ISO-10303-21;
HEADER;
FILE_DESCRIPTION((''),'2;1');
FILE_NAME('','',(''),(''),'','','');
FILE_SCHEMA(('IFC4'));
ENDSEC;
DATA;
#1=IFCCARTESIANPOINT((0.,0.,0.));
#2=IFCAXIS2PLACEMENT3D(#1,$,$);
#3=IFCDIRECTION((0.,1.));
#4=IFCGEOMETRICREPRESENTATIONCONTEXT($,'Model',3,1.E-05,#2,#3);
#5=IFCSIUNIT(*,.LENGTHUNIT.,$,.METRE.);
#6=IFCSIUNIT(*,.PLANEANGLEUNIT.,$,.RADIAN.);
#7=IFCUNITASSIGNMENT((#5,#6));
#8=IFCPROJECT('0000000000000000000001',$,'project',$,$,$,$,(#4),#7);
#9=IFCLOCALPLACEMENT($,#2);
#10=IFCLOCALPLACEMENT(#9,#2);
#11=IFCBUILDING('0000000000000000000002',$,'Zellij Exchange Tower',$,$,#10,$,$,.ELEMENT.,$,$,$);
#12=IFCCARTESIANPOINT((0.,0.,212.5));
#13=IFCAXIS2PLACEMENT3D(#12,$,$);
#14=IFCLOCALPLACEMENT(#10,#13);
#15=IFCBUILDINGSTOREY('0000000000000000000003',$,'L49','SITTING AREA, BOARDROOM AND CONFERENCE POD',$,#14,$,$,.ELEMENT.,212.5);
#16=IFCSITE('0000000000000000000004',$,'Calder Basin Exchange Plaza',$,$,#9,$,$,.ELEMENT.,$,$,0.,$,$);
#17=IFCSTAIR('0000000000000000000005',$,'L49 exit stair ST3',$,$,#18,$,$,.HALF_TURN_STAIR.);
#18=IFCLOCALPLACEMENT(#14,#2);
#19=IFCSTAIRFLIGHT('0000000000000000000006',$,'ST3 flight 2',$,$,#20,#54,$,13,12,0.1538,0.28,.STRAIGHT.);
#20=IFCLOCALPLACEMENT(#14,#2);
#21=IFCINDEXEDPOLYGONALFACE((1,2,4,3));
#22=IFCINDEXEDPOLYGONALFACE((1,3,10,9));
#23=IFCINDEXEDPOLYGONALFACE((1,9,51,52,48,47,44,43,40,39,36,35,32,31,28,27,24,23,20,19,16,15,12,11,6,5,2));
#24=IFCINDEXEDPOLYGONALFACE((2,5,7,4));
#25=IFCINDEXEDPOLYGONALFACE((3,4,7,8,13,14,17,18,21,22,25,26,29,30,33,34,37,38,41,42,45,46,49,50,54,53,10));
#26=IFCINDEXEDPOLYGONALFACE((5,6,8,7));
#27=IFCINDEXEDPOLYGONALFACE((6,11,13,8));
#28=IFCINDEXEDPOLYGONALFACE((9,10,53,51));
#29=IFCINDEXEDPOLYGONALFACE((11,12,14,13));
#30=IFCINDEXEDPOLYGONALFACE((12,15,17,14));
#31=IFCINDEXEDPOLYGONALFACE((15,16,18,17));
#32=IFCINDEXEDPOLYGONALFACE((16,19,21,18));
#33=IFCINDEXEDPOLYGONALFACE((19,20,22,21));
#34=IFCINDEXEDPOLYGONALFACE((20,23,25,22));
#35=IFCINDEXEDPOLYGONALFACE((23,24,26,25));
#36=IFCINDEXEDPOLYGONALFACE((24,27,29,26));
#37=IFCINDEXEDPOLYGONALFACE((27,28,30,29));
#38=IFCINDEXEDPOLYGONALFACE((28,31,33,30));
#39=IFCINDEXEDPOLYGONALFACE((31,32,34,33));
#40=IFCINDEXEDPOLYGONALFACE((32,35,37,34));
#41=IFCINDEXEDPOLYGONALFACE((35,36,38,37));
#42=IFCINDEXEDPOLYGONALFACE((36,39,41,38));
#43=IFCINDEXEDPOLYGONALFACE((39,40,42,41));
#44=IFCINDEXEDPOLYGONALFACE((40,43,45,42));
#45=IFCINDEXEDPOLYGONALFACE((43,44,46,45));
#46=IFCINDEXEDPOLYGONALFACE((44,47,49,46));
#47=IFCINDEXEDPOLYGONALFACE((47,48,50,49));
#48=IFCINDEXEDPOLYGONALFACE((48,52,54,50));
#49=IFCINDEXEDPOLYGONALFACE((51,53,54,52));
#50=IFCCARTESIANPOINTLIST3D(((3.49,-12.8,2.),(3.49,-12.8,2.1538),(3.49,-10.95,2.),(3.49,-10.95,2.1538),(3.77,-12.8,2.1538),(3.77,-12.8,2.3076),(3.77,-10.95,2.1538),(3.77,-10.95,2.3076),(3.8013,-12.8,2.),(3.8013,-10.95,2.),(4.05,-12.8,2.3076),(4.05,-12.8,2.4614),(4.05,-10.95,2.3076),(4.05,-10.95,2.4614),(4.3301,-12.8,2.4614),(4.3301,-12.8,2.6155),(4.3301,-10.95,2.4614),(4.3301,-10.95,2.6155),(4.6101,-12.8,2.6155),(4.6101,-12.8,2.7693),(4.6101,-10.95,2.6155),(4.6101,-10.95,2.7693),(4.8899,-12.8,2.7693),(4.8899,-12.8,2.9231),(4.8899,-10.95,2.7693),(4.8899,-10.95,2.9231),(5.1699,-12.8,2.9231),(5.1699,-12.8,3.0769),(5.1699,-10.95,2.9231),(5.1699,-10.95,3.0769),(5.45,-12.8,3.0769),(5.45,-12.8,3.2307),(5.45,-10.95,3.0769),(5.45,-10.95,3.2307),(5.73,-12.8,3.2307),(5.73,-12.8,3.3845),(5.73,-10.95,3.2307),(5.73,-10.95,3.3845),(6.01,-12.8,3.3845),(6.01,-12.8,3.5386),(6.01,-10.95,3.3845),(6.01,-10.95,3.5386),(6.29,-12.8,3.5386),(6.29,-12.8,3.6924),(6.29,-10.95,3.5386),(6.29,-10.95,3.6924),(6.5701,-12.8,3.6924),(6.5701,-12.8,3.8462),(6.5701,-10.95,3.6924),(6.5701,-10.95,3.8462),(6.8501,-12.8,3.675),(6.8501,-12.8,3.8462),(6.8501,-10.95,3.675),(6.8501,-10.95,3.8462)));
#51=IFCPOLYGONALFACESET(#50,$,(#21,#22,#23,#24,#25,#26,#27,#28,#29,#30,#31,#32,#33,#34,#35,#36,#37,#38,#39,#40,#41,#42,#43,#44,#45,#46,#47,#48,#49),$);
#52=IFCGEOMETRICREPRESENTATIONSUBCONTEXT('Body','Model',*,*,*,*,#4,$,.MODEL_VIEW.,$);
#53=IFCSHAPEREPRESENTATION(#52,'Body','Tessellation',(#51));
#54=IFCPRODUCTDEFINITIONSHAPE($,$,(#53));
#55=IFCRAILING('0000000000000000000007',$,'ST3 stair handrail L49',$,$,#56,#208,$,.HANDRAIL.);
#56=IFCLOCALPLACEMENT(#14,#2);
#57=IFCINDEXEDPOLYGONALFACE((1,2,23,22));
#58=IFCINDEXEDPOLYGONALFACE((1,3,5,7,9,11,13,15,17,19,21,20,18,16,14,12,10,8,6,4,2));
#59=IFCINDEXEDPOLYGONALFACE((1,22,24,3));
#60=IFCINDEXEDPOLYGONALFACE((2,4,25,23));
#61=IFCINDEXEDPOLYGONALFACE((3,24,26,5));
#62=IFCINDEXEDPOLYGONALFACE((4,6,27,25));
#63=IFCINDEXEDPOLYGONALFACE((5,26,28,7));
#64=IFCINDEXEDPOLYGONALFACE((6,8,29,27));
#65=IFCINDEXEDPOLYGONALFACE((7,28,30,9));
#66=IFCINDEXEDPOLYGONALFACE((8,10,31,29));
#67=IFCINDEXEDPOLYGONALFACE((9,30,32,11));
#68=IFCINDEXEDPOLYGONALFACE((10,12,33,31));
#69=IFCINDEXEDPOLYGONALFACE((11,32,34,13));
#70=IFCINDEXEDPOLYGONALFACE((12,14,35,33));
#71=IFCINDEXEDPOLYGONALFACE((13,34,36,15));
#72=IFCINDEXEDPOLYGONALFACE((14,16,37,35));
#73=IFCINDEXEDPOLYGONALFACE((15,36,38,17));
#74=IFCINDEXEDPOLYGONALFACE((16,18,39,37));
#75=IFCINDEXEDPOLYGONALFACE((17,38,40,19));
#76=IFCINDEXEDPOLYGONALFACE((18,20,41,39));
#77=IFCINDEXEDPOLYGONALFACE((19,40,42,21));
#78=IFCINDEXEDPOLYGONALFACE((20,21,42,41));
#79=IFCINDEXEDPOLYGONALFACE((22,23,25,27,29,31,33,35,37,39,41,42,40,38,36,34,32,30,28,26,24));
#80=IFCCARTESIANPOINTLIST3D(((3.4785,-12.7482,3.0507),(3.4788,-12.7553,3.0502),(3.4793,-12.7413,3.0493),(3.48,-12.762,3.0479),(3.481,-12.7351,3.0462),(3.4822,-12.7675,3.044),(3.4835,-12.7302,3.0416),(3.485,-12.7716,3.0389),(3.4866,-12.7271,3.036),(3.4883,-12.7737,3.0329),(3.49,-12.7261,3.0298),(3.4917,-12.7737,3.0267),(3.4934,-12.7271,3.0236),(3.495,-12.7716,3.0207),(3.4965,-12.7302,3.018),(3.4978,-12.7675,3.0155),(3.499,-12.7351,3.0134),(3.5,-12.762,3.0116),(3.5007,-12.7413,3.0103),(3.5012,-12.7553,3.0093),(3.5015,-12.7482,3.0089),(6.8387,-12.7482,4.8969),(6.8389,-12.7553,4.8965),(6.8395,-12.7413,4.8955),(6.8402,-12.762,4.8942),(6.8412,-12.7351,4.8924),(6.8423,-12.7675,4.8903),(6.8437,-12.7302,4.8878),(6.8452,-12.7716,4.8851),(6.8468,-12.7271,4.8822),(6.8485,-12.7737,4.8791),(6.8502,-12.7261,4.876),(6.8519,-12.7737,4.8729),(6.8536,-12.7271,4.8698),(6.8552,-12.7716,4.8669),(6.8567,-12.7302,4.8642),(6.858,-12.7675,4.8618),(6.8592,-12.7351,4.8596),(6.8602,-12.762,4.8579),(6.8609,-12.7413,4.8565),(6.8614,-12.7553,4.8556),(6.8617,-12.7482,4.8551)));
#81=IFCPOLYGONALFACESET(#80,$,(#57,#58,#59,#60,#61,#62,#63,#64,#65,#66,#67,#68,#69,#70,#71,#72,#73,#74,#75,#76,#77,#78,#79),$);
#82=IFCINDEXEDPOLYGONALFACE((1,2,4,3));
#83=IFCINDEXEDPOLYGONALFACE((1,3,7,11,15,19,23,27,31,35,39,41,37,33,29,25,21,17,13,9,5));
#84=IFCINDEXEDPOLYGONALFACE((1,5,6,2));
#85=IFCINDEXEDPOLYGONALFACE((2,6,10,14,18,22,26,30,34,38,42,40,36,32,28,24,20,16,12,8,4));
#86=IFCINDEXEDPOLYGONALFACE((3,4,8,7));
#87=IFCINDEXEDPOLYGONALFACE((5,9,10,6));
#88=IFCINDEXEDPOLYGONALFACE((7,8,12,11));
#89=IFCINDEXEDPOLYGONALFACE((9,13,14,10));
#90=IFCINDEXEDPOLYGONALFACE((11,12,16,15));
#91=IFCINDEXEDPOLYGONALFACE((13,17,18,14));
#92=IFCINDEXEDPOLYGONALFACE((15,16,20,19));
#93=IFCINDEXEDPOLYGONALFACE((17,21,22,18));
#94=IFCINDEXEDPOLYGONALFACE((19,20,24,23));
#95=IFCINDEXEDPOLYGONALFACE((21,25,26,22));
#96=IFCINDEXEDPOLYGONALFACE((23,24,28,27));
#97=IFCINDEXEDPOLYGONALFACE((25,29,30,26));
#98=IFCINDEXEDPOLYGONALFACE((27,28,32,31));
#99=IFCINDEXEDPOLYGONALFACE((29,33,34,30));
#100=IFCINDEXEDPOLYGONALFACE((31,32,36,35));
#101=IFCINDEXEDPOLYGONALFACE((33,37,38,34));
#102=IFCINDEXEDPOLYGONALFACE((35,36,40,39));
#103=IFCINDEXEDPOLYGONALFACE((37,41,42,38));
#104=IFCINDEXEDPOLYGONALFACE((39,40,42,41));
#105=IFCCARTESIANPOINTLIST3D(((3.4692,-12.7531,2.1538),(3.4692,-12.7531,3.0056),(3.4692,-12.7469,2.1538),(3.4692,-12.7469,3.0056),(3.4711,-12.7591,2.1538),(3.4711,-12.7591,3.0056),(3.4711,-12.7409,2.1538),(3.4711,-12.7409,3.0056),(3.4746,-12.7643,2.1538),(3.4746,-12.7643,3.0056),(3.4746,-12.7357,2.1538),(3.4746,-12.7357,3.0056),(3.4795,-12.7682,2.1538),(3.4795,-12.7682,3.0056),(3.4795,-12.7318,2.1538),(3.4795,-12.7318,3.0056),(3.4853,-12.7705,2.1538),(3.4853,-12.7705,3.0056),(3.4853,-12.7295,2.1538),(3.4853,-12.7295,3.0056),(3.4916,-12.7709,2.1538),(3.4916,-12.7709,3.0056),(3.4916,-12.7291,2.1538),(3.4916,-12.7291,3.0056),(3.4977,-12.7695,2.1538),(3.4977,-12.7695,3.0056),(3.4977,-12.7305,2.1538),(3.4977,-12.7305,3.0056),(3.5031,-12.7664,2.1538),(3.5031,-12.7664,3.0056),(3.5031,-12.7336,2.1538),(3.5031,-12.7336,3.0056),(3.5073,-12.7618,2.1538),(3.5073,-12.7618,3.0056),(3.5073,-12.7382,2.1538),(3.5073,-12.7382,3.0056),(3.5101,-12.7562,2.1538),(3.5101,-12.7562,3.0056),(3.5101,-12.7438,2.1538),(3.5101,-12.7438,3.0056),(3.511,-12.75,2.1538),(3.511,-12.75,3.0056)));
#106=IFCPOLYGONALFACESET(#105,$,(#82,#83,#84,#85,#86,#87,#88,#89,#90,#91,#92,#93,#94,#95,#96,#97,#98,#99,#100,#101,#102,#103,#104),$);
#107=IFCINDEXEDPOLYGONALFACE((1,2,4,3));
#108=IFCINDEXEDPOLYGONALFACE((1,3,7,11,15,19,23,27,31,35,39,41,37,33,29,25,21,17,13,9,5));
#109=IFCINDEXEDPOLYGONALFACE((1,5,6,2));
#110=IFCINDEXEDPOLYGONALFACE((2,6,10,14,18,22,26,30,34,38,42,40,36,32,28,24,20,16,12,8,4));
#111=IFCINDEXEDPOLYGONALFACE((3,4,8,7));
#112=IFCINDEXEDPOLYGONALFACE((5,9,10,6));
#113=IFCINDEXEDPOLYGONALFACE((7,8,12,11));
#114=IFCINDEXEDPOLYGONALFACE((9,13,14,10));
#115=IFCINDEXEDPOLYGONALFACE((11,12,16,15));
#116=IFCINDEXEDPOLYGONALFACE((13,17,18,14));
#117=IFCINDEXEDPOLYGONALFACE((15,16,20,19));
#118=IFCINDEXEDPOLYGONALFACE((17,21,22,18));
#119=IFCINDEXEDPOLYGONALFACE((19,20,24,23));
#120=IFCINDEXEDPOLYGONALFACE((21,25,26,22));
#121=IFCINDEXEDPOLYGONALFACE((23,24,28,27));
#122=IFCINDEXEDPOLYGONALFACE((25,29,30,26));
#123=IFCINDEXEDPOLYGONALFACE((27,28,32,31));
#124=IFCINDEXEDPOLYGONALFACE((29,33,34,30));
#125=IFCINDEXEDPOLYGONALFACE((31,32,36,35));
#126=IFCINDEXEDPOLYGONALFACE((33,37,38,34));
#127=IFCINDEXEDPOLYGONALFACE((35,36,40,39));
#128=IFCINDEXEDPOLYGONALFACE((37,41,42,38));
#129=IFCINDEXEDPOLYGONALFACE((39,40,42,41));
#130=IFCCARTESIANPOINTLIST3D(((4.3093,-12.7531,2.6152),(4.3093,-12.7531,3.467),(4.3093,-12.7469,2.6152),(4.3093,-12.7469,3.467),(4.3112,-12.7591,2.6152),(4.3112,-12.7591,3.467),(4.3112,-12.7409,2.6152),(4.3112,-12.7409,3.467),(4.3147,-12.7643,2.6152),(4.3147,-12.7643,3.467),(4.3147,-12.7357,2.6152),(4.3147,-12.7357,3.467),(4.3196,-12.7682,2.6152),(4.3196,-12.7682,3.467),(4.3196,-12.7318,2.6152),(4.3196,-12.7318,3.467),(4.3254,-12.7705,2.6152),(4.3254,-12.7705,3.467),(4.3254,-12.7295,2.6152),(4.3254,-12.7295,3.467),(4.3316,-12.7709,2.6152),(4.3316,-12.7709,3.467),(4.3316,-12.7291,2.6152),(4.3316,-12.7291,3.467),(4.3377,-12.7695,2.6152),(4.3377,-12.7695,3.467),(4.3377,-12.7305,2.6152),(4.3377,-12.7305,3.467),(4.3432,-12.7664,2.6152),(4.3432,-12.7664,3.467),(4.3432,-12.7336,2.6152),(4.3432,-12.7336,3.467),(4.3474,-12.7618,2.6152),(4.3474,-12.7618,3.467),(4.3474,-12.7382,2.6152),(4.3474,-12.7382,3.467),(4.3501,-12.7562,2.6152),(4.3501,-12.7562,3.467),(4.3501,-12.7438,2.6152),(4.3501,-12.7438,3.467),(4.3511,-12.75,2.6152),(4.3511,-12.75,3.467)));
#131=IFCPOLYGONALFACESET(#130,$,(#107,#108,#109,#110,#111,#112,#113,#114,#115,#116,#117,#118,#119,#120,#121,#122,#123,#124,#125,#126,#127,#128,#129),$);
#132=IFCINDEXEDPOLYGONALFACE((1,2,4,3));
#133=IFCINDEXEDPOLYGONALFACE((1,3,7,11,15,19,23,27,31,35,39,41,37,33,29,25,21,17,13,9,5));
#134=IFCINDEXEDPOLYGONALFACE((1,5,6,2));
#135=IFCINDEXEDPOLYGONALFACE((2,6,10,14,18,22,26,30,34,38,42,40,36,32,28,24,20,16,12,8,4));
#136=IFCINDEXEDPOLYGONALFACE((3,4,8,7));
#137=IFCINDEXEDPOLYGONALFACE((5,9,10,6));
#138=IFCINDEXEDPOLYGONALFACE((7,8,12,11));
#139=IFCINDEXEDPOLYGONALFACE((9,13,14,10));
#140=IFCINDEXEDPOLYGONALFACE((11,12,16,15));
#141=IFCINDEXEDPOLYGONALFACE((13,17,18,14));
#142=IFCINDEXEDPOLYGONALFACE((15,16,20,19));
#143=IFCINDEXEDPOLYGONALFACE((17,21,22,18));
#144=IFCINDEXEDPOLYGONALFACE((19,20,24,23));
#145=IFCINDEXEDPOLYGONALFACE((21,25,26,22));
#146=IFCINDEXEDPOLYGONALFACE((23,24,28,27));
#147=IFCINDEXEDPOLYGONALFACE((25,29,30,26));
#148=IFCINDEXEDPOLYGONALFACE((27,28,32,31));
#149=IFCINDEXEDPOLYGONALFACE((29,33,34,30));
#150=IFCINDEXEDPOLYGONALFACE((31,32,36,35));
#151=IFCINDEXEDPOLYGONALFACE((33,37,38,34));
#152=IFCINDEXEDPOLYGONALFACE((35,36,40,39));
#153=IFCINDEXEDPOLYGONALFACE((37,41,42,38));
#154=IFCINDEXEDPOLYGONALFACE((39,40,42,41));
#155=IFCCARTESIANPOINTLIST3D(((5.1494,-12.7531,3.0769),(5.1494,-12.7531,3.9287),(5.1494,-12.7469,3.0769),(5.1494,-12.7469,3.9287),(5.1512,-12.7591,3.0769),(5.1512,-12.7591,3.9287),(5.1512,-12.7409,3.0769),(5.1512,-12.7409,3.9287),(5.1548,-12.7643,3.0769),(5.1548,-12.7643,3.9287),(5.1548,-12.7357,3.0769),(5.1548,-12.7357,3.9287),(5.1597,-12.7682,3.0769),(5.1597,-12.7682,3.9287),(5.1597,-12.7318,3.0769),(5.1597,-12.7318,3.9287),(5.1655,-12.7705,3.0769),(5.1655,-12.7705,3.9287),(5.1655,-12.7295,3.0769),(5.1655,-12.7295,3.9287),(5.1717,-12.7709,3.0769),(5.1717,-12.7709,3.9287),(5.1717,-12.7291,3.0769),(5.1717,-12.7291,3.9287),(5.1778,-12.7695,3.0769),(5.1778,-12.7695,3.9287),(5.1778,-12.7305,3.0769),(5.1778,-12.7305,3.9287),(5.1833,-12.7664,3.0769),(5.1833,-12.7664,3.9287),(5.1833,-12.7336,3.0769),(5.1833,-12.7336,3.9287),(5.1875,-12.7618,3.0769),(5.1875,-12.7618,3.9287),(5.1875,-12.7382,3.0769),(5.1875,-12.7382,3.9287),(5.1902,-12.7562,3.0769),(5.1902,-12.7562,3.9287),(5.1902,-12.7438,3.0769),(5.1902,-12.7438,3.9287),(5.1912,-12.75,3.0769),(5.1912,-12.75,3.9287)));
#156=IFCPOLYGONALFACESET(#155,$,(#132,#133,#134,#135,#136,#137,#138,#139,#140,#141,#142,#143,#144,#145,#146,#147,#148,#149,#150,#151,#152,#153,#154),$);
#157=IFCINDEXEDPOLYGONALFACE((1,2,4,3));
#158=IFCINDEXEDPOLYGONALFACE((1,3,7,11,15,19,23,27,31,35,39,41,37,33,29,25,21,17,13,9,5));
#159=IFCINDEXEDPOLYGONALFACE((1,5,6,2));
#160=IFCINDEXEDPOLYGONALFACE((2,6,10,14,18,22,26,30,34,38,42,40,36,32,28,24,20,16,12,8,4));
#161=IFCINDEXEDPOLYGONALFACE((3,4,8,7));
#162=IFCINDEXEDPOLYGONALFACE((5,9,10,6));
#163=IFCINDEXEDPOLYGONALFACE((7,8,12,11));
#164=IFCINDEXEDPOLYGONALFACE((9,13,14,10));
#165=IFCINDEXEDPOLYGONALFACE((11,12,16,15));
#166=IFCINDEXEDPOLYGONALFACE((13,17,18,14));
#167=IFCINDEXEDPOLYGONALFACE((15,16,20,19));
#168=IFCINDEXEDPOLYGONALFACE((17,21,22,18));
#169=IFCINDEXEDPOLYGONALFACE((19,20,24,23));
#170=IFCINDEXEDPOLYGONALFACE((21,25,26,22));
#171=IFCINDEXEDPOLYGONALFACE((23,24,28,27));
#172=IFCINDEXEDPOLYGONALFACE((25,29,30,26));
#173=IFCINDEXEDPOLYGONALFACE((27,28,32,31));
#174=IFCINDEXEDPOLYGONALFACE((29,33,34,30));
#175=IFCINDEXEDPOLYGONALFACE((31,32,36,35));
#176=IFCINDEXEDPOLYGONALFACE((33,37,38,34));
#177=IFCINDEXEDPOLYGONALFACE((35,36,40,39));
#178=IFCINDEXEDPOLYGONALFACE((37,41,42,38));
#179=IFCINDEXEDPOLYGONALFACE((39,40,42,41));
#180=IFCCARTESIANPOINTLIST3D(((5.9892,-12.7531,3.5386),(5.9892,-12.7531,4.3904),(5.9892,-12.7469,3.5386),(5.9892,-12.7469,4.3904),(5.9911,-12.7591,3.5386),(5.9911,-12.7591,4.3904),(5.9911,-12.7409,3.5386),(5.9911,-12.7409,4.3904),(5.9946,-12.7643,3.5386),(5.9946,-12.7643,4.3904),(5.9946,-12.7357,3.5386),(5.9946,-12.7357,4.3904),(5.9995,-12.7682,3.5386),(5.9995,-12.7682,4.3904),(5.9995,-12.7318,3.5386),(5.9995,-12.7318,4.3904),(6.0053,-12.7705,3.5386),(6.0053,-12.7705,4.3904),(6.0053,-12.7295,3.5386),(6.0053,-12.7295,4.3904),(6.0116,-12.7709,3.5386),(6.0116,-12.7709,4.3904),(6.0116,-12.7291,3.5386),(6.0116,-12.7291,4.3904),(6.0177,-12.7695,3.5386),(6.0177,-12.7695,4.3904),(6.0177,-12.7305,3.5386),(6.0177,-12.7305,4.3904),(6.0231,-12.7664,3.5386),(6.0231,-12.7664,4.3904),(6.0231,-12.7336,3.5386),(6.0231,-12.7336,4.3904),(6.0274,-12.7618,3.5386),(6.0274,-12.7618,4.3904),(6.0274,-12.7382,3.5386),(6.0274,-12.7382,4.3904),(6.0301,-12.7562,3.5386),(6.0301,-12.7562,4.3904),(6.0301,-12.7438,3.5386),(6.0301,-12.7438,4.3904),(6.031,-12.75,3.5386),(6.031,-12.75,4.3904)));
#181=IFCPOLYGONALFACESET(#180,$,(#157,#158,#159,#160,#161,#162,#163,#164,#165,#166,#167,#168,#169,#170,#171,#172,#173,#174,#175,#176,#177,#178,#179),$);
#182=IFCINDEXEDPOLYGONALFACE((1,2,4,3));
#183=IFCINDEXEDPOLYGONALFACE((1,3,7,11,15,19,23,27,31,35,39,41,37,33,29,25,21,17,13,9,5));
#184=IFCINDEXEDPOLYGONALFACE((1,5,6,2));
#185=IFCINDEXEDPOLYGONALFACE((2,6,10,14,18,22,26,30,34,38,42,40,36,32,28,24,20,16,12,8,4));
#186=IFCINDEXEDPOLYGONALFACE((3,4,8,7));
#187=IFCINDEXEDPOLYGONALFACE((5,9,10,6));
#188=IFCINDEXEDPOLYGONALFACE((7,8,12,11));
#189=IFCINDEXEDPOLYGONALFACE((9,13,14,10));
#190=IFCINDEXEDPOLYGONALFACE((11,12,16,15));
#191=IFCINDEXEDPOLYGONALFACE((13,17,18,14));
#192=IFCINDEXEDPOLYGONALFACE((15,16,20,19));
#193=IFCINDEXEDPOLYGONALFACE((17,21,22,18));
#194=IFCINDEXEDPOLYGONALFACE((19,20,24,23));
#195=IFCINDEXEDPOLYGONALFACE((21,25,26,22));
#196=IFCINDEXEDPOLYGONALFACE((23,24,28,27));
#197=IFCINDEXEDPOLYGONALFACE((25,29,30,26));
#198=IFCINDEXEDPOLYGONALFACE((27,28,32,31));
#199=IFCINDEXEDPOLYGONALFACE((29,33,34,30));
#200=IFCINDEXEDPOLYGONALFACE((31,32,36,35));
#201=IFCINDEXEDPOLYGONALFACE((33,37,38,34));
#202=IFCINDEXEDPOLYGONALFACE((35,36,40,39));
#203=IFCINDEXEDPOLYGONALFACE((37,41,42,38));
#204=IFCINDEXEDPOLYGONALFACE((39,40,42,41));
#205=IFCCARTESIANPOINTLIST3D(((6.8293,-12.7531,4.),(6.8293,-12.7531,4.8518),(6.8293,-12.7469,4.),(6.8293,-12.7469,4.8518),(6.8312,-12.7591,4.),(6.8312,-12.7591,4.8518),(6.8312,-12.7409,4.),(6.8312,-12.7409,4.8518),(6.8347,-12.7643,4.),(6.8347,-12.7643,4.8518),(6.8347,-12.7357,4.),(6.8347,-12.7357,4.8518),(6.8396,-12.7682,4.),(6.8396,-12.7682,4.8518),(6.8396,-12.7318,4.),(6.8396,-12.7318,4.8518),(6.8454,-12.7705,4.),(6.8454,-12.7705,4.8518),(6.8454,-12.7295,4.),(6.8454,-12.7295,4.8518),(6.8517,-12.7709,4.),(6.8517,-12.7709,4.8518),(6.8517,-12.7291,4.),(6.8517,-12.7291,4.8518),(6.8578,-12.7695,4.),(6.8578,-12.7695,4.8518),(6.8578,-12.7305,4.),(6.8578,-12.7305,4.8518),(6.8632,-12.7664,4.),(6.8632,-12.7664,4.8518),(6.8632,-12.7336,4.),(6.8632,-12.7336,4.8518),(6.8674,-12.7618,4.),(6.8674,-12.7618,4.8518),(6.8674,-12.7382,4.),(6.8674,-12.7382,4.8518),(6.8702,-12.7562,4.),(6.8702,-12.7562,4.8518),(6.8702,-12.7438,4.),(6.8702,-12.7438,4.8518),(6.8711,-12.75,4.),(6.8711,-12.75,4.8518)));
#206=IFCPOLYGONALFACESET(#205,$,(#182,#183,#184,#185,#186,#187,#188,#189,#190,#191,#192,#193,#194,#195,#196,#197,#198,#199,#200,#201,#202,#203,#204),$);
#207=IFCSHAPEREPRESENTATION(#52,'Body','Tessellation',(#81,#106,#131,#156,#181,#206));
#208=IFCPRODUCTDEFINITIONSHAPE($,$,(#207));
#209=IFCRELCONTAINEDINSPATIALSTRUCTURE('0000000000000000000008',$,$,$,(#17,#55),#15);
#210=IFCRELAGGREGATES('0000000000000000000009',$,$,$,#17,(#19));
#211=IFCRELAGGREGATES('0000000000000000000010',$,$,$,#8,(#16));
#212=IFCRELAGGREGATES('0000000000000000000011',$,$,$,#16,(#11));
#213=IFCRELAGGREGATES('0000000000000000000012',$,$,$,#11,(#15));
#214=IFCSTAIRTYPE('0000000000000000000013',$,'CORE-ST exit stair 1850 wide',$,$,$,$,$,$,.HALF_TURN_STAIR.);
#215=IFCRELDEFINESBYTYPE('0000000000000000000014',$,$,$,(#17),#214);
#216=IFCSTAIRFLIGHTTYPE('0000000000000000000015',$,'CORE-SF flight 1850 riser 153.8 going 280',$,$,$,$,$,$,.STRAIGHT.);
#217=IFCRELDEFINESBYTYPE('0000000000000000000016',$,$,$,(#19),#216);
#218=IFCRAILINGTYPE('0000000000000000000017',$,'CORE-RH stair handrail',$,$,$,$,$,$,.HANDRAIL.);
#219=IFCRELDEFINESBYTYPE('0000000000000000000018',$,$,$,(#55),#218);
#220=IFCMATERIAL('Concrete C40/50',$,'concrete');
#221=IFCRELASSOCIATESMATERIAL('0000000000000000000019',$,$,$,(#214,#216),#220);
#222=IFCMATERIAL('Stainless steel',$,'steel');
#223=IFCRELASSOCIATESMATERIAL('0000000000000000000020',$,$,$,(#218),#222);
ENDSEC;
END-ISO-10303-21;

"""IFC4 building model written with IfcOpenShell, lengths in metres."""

from ifc_helpers import new_model, si_unit, direction, frame, origin, origin_2d, place, context, subcontext, project, spatial, polyline, circle, outline, extrude, material, type_object, element, aggregate, save


model = new_model("IFC4")

# Units and contexts
model_context = context("Model", 3, precision=1e-05, world=origin(), true_north=direction((0.0, 1.0)))
body_context = subcontext(model_context, "Body", "Model", "MODEL_VIEW")
ifc_project = project(units=[si_unit("LENGTHUNIT", "METRE"), si_unit("PLANEANGLEUNIT", "RADIAN")], contexts=[model_context])

# Site, building, storey
site_placement = place(None, origin())
site = spatial("IfcSite", under=ifc_project, at=site_placement, Name="Calder Basin Exchange Plaza", CompositionType="ELEMENT", RefElevation=0.0)
building_placement = place(site_placement, origin())
building = spatial("IfcBuilding", under=site, at=building_placement, Name="Zellij Exchange Tower", CompositionType="ELEMENT")
storey_placement = place(building_placement, frame((0.0, 0.0, 212.5)))
storey = spatial("IfcBuildingStorey", under=building, at=storey_placement, Name="L49", Description="SITTING AREA, BOARDROOM AND CONFERENCE POD", CompositionType="ELEMENT", Elevation=212.5)

# Stair
ifc_material_1 = material(Name="Concrete C40/50", Category="concrete")
stair_type = type_object("IfcStairType", Name="CORE-ST exit stair 1850 wide", PredefinedType="HALF_TURN_STAIR", material=ifc_material_1)
stair_1_placement = place(storey_placement, origin())
stair_1 = element("IfcStair", 1, at=stair_1_placement, inside=storey, type_object=stair_type, Name="L49 exit stair ST3", PredefinedType="HALF_TURN_STAIR")

# Stair flight
stair_flight_type = type_object("IfcStairFlightType", Name="CORE-SF flight 1850 riser 153.8 going 280", PredefinedType="STRAIGHT", material=ifc_material_1)
stair_flight_placement = place(storey_placement, frame((3.49, -11.875, 2.0), z_axis=(0.0, 0.0, 1.0), x_axis=(1.0, 0.0, 0.0)))
stair_flight = element("IfcStairFlight", 2, at=stair_flight_placement, type_object=stair_flight_type, Name="ST3 flight 2", NumberOfRisers=13, NumberOfTreads=12, PredefinedType="STRAIGHT", RiserHeight=0.1538, TreadLength=0.28, context=body_context, shape_type="SweptSolid", body=[
    extrude(outline(polyline([(0.0, 0.0), (0.0, 0.1538), (0.28, 0.1538), (0.28, 0.3076), (0.5601, 0.3076), (0.5601, 0.4614), (0.8401, 0.4614), (0.8401, 0.6155), (1.1201, 0.6155), (1.1201, 0.7693), (1.3999, 0.7693), (1.3999, 0.9231), (1.6799, 0.9231), (1.6799, 1.0769), (1.96, 1.0769), (1.96, 1.2307), (2.24, 1.2307), (2.24, 1.3845), (2.52, 1.3845), (2.52, 1.5386), (2.8, 1.5386), (2.8, 1.6924), (3.0801, 1.6924), (3.0801, 1.8462), (3.3601, 1.8462), (3.3601, 2.0), (3.3601, 1.675), (0.3113, 0.0), (0.0, 0.0)])), frame((0.0, 0.925, 0.0), z_axis=(0.0, -1.0, 0.0), x_axis=(1.0, 0.0, 0.0)), (0.0, 0.0, 1.0), 1.8501),
])
aggregate(stair_1, [stair_flight])

# Railing
ifc_material_2 = material(Name="Stainless steel", Category="steel")
railing_type = type_object("IfcRailingType", Name="CORE-RH stair handrail", PredefinedType="HANDRAIL", material=ifc_material_2)
railing_placement = place(storey_placement, frame((3.49, -12.75, 2.1538)))
element("IfcRailing", 3, at=railing_placement, inside=storey, type_object=railing_type, Name="ST3 stair handrail L49", PredefinedType="HANDRAIL", context=body_context, shape_type="SweptSolid", body=[
    extrude(circle(Radius=0.0239, at=origin_2d()), frame((0.0, 0.0, 0.876), z_axis=(0.876422, 0.0, 0.481545), x_axis=(0.0, 1.0, 0.0)), (0.0, 0.0, 1.0), 3.834),
    extrude(circle(Radius=0.021, at=origin_2d()), origin(), (0.0, 0.0, 1.0), 0.8518),
    extrude(circle(Radius=0.021, at=origin_2d()), frame((0.8401, 0.0, 0.4614)), (0.0, 0.0, 1.0), 0.8518),
    extrude(circle(Radius=0.021, at=origin_2d()), frame((1.6802, 0.0, 0.9231)), (0.0, 0.0, 1.0), 0.8518),
    extrude(circle(Radius=0.021, at=origin_2d()), frame((2.52, 0.0, 1.3848)), (0.0, 0.0, 1.0), 0.8518),
    extrude(circle(Radius=0.021, at=origin_2d()), frame((3.3601, 0.0, 1.8462)), (0.0, 0.0, 1.0), 0.8518),
])

save(model, "model.ifc")
